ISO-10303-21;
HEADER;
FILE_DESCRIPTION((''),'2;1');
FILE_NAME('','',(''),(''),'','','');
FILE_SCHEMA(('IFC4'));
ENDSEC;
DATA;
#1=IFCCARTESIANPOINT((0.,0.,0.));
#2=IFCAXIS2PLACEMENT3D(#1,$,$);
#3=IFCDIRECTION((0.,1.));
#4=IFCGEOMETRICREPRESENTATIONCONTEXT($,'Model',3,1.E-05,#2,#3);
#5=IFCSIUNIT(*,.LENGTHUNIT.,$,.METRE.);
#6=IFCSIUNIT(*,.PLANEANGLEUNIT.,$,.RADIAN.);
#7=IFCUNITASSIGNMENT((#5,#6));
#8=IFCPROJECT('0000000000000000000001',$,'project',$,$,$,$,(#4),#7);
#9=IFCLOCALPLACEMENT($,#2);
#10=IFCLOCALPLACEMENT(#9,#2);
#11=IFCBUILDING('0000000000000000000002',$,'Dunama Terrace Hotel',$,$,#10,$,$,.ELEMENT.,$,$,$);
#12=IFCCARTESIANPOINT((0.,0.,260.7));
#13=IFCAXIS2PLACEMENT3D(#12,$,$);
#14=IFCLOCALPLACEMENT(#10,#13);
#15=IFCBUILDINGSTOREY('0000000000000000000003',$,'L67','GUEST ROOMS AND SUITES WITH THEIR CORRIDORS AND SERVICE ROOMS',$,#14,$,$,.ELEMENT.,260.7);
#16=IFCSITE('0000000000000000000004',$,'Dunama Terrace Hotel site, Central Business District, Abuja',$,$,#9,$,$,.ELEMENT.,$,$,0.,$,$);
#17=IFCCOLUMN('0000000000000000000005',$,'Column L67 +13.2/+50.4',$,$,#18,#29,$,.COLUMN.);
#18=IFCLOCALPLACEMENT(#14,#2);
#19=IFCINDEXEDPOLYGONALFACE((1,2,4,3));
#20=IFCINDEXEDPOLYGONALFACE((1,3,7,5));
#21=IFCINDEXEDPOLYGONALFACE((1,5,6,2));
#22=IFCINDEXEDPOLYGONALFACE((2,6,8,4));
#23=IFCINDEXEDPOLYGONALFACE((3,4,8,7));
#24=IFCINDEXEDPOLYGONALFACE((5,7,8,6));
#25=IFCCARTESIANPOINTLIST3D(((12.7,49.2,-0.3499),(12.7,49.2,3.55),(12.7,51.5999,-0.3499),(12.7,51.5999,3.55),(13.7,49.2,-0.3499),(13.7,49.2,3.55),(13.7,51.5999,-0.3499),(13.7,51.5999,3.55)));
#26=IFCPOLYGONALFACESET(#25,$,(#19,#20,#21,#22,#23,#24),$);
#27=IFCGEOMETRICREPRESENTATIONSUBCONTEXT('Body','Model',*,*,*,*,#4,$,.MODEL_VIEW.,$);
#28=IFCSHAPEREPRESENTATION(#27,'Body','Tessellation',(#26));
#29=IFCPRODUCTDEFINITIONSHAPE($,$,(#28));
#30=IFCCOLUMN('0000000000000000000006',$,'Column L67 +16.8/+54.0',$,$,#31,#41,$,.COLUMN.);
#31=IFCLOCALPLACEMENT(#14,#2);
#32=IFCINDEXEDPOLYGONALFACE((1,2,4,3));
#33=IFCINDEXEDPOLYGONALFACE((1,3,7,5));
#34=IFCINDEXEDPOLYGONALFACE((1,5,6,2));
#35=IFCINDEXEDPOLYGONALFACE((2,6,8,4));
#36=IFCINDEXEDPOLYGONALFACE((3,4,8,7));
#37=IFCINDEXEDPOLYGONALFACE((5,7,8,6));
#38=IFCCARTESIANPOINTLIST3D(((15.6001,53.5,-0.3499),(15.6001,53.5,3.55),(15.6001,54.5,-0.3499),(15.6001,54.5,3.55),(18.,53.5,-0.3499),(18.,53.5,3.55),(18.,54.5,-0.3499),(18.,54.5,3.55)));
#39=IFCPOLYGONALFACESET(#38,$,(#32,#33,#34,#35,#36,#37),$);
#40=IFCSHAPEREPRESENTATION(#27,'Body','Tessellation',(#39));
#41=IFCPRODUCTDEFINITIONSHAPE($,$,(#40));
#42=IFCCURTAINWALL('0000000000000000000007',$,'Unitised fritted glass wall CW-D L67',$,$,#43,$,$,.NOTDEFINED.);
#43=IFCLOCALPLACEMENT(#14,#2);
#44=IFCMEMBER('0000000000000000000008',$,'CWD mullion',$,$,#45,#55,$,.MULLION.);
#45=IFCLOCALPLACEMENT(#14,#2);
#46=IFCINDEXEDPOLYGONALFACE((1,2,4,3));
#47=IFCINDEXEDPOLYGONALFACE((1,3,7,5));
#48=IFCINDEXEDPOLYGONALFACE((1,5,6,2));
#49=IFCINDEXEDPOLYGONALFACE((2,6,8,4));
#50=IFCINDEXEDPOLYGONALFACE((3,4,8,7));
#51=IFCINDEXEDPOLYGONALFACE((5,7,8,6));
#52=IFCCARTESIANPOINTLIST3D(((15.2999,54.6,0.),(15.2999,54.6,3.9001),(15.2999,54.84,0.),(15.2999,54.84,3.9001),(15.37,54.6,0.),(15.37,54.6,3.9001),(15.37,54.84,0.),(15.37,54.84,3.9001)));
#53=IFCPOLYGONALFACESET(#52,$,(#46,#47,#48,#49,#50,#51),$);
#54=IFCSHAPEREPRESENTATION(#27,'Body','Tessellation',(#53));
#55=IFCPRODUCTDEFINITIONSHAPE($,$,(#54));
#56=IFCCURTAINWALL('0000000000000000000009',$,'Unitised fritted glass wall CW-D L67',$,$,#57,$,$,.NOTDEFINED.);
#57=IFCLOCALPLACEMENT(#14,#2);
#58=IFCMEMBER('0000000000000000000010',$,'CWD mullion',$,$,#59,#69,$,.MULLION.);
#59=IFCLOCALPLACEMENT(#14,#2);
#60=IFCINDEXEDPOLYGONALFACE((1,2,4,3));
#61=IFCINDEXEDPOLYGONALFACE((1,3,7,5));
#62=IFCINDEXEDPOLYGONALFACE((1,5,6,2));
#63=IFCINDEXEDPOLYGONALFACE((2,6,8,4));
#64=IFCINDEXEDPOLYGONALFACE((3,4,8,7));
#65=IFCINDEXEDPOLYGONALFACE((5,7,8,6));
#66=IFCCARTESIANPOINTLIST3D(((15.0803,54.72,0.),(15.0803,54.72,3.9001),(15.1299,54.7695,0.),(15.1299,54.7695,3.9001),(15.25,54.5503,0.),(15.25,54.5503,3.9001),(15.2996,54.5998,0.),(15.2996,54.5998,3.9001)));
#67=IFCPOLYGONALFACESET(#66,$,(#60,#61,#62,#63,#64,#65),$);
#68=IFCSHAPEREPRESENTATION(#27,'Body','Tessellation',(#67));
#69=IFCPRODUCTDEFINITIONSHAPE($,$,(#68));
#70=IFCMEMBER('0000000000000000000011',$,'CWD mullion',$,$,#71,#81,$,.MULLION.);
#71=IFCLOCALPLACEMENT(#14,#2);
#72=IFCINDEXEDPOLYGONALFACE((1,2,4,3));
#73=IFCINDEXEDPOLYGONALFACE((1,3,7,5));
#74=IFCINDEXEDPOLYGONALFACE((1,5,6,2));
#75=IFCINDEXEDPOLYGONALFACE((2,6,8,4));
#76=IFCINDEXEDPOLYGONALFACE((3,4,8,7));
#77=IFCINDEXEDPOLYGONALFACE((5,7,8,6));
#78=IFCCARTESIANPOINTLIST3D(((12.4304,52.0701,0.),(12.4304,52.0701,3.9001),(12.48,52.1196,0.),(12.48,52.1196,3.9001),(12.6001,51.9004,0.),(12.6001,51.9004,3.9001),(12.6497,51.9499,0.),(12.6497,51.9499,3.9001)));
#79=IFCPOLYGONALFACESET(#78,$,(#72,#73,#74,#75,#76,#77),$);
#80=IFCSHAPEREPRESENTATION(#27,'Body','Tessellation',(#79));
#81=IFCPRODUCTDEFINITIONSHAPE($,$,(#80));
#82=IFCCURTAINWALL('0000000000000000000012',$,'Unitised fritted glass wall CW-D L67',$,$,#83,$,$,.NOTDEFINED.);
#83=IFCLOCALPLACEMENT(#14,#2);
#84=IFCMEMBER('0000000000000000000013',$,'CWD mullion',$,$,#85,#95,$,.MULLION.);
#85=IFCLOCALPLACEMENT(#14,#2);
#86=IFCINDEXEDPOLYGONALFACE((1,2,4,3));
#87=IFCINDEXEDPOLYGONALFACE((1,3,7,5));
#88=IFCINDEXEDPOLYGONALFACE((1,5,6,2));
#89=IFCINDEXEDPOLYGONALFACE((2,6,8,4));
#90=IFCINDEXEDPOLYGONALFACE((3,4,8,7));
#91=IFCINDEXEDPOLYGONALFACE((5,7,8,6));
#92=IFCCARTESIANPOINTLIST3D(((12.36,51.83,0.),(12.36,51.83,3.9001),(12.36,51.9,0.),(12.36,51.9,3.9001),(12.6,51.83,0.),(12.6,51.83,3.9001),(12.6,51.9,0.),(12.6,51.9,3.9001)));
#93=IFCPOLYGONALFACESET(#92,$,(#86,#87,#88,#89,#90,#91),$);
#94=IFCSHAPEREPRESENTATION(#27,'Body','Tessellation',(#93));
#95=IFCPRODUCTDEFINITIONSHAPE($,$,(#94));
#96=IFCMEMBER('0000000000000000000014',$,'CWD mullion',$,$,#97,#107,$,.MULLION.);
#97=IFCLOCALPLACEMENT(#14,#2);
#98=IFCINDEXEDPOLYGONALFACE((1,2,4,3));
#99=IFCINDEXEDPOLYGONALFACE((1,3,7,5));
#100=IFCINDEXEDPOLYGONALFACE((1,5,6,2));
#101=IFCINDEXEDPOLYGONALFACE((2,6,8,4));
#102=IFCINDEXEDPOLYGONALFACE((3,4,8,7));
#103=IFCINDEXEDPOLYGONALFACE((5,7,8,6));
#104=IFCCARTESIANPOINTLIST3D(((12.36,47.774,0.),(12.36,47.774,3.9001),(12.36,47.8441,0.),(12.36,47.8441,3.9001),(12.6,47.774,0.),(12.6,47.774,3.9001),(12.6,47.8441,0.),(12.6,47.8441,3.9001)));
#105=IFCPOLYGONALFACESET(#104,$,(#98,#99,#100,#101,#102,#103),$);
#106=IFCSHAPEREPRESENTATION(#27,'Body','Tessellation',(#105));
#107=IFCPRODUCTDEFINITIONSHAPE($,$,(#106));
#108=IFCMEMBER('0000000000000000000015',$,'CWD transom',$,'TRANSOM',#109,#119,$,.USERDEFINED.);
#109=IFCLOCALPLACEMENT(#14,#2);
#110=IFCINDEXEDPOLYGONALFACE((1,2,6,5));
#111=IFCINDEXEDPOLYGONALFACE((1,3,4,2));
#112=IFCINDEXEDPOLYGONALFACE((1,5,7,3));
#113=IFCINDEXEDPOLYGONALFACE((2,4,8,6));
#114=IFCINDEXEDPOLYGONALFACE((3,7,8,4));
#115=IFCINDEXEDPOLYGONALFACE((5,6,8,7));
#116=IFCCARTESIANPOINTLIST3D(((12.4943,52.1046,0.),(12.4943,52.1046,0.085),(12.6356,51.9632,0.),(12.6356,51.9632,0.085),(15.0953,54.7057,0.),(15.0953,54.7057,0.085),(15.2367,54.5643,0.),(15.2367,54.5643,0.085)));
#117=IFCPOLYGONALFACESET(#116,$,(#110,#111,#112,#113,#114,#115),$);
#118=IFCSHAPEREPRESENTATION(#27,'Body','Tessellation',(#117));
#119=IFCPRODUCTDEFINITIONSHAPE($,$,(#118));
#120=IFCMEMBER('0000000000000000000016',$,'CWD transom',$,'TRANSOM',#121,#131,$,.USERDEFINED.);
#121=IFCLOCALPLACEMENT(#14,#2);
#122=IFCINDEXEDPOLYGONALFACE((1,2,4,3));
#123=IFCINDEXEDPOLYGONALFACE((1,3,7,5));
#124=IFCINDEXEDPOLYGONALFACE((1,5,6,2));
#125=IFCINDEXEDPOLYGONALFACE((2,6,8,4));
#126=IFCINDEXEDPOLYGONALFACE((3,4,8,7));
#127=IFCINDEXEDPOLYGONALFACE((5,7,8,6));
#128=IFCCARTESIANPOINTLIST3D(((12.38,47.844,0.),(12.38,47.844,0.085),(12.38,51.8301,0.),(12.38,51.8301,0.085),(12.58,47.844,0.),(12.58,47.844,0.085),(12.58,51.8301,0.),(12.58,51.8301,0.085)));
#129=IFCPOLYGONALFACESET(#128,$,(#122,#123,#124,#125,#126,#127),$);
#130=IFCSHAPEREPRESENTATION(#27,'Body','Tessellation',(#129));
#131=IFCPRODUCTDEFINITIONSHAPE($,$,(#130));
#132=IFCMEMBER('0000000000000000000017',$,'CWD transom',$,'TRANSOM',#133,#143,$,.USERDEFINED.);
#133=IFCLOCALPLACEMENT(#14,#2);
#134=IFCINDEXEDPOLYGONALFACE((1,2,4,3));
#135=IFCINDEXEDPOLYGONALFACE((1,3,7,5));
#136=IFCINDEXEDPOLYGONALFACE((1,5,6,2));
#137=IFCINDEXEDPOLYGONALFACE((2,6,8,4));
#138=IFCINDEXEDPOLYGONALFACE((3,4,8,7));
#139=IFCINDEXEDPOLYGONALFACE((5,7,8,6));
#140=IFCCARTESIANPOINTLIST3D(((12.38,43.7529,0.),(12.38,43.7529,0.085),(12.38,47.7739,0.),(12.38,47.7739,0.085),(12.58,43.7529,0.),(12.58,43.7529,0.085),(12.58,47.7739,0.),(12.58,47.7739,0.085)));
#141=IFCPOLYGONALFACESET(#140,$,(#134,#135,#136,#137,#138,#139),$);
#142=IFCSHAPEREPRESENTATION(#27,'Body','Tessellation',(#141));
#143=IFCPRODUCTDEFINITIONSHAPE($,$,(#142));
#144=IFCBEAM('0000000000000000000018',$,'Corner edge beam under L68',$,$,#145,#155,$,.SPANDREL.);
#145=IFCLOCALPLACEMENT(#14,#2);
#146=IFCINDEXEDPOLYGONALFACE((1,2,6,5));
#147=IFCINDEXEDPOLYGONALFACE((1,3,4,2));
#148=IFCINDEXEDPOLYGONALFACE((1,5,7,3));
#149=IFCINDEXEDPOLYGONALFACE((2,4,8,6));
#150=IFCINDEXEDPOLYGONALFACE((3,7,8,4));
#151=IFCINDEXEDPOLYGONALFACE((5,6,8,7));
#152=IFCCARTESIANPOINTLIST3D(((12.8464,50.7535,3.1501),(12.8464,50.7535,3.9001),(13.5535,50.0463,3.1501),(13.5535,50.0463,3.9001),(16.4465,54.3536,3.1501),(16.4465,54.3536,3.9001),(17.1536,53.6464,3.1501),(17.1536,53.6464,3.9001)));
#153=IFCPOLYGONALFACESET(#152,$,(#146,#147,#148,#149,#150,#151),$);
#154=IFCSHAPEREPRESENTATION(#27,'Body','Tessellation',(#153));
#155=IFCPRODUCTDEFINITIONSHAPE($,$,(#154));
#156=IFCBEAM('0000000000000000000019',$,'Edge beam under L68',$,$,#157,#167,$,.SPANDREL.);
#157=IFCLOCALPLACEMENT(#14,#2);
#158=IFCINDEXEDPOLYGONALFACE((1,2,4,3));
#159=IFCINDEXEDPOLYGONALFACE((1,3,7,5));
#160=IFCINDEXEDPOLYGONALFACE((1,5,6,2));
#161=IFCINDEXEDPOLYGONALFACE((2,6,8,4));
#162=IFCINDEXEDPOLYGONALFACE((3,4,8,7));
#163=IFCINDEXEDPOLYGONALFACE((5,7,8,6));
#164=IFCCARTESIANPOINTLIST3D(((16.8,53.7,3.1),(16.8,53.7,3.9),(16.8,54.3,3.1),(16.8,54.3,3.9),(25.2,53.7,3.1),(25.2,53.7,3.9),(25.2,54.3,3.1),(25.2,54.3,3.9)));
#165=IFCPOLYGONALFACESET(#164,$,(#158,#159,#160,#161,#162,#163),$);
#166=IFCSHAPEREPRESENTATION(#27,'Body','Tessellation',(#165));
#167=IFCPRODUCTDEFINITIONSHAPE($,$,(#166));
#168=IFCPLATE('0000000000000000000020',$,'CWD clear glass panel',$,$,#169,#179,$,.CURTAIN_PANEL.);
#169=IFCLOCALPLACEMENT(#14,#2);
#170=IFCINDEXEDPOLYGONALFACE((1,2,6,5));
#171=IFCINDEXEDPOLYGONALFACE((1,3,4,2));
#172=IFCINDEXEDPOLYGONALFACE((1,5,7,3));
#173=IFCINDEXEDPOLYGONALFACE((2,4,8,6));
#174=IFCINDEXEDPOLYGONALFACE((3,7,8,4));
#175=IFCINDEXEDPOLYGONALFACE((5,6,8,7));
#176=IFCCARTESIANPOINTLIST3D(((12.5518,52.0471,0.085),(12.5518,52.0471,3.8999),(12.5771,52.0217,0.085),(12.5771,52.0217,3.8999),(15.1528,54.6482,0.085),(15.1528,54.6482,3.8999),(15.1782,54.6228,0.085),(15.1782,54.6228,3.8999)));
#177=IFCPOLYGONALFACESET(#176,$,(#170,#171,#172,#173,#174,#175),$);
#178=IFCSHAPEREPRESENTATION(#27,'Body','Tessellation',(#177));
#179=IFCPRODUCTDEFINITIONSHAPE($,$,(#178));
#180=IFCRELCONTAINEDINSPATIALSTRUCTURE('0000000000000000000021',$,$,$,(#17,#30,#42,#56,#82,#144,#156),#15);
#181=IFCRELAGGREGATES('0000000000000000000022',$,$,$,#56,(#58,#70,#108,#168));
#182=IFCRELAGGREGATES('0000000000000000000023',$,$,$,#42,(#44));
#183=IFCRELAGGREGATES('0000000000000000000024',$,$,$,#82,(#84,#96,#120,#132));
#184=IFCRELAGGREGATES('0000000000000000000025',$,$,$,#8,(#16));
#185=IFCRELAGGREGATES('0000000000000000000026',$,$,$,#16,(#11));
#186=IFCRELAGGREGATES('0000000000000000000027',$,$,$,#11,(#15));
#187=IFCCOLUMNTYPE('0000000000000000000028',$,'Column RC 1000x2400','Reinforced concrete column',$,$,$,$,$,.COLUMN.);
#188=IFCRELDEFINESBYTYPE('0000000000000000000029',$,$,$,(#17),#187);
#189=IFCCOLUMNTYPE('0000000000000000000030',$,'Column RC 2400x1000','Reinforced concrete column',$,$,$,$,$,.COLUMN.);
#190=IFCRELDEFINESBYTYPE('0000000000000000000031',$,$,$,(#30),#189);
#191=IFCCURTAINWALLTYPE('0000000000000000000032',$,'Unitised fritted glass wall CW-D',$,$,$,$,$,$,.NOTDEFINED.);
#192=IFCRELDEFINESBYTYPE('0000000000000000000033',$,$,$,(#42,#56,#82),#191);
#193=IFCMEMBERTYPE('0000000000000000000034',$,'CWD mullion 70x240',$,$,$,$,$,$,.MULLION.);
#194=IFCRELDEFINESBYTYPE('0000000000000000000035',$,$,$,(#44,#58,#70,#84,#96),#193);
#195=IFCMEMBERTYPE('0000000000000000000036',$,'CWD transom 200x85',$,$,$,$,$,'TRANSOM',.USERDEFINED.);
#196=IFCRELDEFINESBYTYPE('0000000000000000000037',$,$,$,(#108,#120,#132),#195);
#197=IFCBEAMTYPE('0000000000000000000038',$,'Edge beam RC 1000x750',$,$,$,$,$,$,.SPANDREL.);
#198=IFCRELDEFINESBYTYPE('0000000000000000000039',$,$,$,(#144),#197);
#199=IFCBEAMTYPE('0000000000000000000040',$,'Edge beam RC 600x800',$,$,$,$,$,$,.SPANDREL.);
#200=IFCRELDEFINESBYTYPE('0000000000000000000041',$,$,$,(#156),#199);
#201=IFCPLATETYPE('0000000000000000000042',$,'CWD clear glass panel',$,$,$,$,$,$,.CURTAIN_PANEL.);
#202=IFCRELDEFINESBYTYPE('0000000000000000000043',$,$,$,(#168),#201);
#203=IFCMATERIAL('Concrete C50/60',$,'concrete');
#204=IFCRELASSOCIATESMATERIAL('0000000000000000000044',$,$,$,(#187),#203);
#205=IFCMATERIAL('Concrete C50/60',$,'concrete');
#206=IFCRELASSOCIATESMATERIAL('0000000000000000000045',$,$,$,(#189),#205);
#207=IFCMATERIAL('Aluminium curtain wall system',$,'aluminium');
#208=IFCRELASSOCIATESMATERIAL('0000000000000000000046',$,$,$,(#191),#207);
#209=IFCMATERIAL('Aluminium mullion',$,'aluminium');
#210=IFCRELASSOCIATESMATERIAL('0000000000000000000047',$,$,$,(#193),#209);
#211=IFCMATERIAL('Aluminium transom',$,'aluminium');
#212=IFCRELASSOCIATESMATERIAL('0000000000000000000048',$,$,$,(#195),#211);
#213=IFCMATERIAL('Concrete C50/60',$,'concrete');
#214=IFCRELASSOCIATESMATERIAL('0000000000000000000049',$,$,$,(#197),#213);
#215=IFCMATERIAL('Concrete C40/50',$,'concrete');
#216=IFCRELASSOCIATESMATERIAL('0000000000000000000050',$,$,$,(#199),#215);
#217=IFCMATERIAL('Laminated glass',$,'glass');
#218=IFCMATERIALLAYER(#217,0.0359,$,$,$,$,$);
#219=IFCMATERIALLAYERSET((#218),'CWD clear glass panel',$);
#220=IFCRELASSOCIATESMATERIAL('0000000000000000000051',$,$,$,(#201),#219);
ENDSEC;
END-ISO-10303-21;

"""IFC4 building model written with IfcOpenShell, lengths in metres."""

from ifc_helpers import new_model, si_unit, direction, frame, origin, origin_2d, place, context, subcontext, project, spatial, rectangle, extrude, material, layer, layer_set, material_profile, profile_set, type_object, element, aggregate, save


model = new_model("IFC4")

# Units and contexts
model_context = context("Model", 3, precision=1e-05, world=origin(), true_north=direction((0.0, 1.0)))
body_context = subcontext(model_context, "Body", "Model", "MODEL_VIEW")
ifc_project = project(units=[si_unit("LENGTHUNIT", "METRE"), si_unit("PLANEANGLEUNIT", "RADIAN")], contexts=[model_context])

# Site, building, storey
site_placement = place(None, origin())
site = spatial("IfcSite", under=ifc_project, at=site_placement, Name="Dunama Terrace Hotel site, Central Business District, Abuja", CompositionType="ELEMENT", RefElevation=0.0)
building_placement = place(site_placement, origin())
building = spatial("IfcBuilding", under=site, at=building_placement, Name="Dunama Terrace Hotel", CompositionType="ELEMENT")
storey_placement = place(building_placement, frame((0.0, 0.0, 260.7)))
storey = spatial("IfcBuildingStorey", under=building, at=storey_placement, Name="L67", Description="GUEST ROOMS AND SUITES WITH THEIR CORRIDORS AND SERVICE ROOMS", CompositionType="ELEMENT", Elevation=260.7)

# Columns
ifc_material_1 = material(Name="Concrete C50/60", Category="concrete")
ifc_material_profile_1 = material_profile(ifc_material_1, rectangle(XDim=1.0, YDim=2.3999, at=origin_2d()), Name="RC 1000x2400")
ifc_profile_set_1 = profile_set([ifc_material_profile_1], Name="Concrete C50/60")
column_type_1 = type_object("IfcColumnType", Name="Column RC 1000x2400", Description="Reinforced concrete column", PredefinedType="COLUMN", material=ifc_profile_set_1)
column_1_placement = place(storey_placement, frame((13.2, 50.3999, -0.3499), z_axis=(0.0, 0.0, 1.0), x_axis=(1.0, 0.0, 0.0)))
element("IfcColumn", 1, at=column_1_placement, inside=storey, type_object=column_type_1, Name="Column L67 +13.2/+50.4", PredefinedType="COLUMN", context=body_context, shape_type="SweptSolid", body=[
    extrude(rectangle(XDim=1.0, YDim=2.3999, at=origin_2d()), origin(), (0.0, 0.0, 1.0), 3.8999),
])
ifc_material_2 = material(Name="Concrete C50/60", Category="concrete")
ifc_material_profile_2 = material_profile(ifc_material_2, rectangle(XDim=2.3999, YDim=1.0, at=origin_2d()), Name="RC 2400x1000")
ifc_profile_set_2 = profile_set([ifc_material_profile_2], Name="Concrete C50/60")
column_type_2 = type_object("IfcColumnType", Name="Column RC 2400x1000", Description="Reinforced concrete column", PredefinedType="COLUMN", material=ifc_profile_set_2)
column_2_placement = place(storey_placement, frame((16.8, 54.0, -0.3499), z_axis=(0.0, 0.0, 1.0), x_axis=(1.0, 0.0, 0.0)))
element("IfcColumn", 2, at=column_2_placement, inside=storey, type_object=column_type_2, Name="Column L67 +16.8/+54.0", PredefinedType="COLUMN", context=body_context, shape_type="SweptSolid", body=[
    extrude(rectangle(XDim=2.3999, YDim=1.0, at=origin_2d()), origin(), (0.0, 0.0, 1.0), 3.8999),
])

# Curtain wall, member
ifc_material_3 = material(Name="Aluminium curtain wall system", Category="aluminium")
curtain_wall_type = type_object("IfcCurtainWallType", Name="Unitised fritted glass wall CW-D", PredefinedType="NOTDEFINED", material=ifc_material_3)
curtain_wall_1_placement = place(storey_placement, origin())
curtain_wall_1 = element("IfcCurtainWall", 3, at=curtain_wall_1_placement, inside=storey, type_object=curtain_wall_type, Name="Unitised fritted glass wall CW-D L67", PredefinedType="NOTDEFINED")
ifc_material_4 = material(Name="Aluminium mullion", Category="aluminium")
ifc_material_profile_3 = material_profile(ifc_material_4, rectangle(XDim=0.0701, YDim=0.24, at=origin_2d()), Name="CWD MULLION 70X240")
ifc_profile_set_3 = profile_set([ifc_material_profile_3], Name="Aluminium mullion")
member_type_1 = type_object("IfcMemberType", Name="CWD mullion 70x240", PredefinedType="MULLION", material=ifc_profile_set_3)
member_1_placement = place(storey_placement, frame((15.335, 54.72, 0.0), z_axis=(0.0, 0.0, 1.0), x_axis=(-1.0, 0.0, 0.0)))
member_1 = element("IfcMember", 4, at=member_1_placement, type_object=member_type_1, Name="CWD mullion", PredefinedType="MULLION", context=body_context, shape_type="SweptSolid", body=[
    extrude(rectangle(XDim=0.0701, YDim=0.24, at=origin_2d()), origin(), (0.0, 0.0, 1.0), 3.9001),
])

# Curtain walls, members
curtain_wall_2_placement = place(storey_placement, origin())
curtain_wall_2 = element("IfcCurtainWall", 5, at=curtain_wall_2_placement, inside=storey, type_object=curtain_wall_type, Name="Unitised fritted glass wall CW-D L67", PredefinedType="NOTDEFINED")
member_2_placement = place(storey_placement, frame((15.1899, 54.6599, 0.0), z_axis=(0.0, 0.0, 1.0), x_axis=(-0.707107, -0.707107, 0.0)))
member_2 = element("IfcMember", 6, at=member_2_placement, type_object=member_type_1, Name="CWD mullion", PredefinedType="MULLION", context=body_context, shape_type="SweptSolid", body=[
    extrude(rectangle(XDim=0.0701, YDim=0.24, at=origin_2d()), origin(), (0.0, 0.0, 1.0), 3.9001),
])
member_3_placement = place(storey_placement, frame((12.54, 52.01, 0.0), z_axis=(0.0, 0.0, 1.0), x_axis=(-0.707107, -0.707107, 0.0)))
member_3 = element("IfcMember", 7, at=member_3_placement, type_object=member_type_1, Name="CWD mullion", PredefinedType="MULLION", context=body_context, shape_type="SweptSolid", body=[
    extrude(rectangle(XDim=0.0701, YDim=0.24, at=origin_2d()), origin(), (0.0, 0.0, 1.0), 3.9001),
])
curtain_wall_3_placement = place(storey_placement, origin())
curtain_wall_3 = element("IfcCurtainWall", 8, at=curtain_wall_3_placement, inside=storey, type_object=curtain_wall_type, Name="Unitised fritted glass wall CW-D L67", PredefinedType="NOTDEFINED")
member_4_placement = place(storey_placement, frame((12.48, 51.865, 0.0), z_axis=(0.0, 0.0, 1.0), x_axis=(0.0, -1.0, 0.0)))
member_4 = element("IfcMember", 9, at=member_4_placement, type_object=member_type_1, Name="CWD mullion", PredefinedType="MULLION", context=body_context, shape_type="SweptSolid", body=[
    extrude(rectangle(XDim=0.0701, YDim=0.24, at=origin_2d()), origin(), (0.0, 0.0, 1.0), 3.9001),
])
member_5_placement = place(storey_placement, frame((12.48, 47.8091, 0.0), z_axis=(0.0, 0.0, 1.0), x_axis=(0.0, -1.0, 0.0)))
member_5 = element("IfcMember", 10, at=member_5_placement, type_object=member_type_1, Name="CWD mullion", PredefinedType="MULLION", context=body_context, shape_type="SweptSolid", body=[
    extrude(rectangle(XDim=0.0701, YDim=0.24, at=origin_2d()), origin(), (0.0, 0.0, 1.0), 3.9001),
])

# Members
ifc_material_5 = material(Name="Aluminium transom", Category="aluminium")
ifc_material_profile_4 = material_profile(ifc_material_5, rectangle(XDim=0.2, YDim=0.085, at=origin_2d()), Name="CWD TRANSOM 200X85")
ifc_profile_set_4 = profile_set([ifc_material_profile_4], Name="Aluminium transom")
member_type_2 = type_object("IfcMemberType", Name="CWD transom 200x85", ElementType="TRANSOM", PredefinedType="USERDEFINED", material=ifc_profile_set_4)
member_6_placement = place(storey_placement, frame((15.166, 54.635, 0.0425), z_axis=(-0.707107, -0.707107, 0.0), x_axis=(0.707107, -0.707107, 0.0)))
member_6 = element("IfcMember", 11, at=member_6_placement, type_object=member_type_2, Name="CWD transom", ObjectType="TRANSOM", PredefinedType="USERDEFINED", context=body_context, shape_type="SweptSolid", body=[
    extrude(rectangle(XDim=0.2, YDim=0.085, at=origin_2d()), origin(), (0.0, 0.0, 1.0), 3.6785),
])
member_7_placement = place(storey_placement, frame((12.48, 51.8301, 0.0425), z_axis=(0.0, -1.0, 0.0), x_axis=(1.0, 0.0, 0.0)))
member_7 = element("IfcMember", 12, at=member_7_placement, type_object=member_type_2, Name="CWD transom", ObjectType="TRANSOM", PredefinedType="USERDEFINED", context=body_context, shape_type="SweptSolid", body=[
    extrude(rectangle(XDim=0.2, YDim=0.085, at=origin_2d()), origin(), (0.0, 0.0, 1.0), 3.9861),
])
member_8_placement = place(storey_placement, frame((12.48, 47.7739, 0.0425), z_axis=(0.0, -1.0, 0.0), x_axis=(1.0, 0.0, 0.0)))
member_8 = element("IfcMember", 13, at=member_8_placement, type_object=member_type_2, Name="CWD transom", ObjectType="TRANSOM", PredefinedType="USERDEFINED", context=body_context, shape_type="SweptSolid", body=[
    extrude(rectangle(XDim=0.2, YDim=0.085, at=origin_2d()), origin(), (0.0, 0.0, 1.0), 4.021),
])

# Beams
ifc_material_6 = material(Name="Concrete C50/60", Category="concrete")
ifc_material_profile_5 = material_profile(ifc_material_6, rectangle(XDim=1.0, YDim=0.75, at=origin_2d()), Name="RC 1000x750")
ifc_profile_set_5 = profile_set([ifc_material_profile_5], Name="Concrete C50/60")
beam_type_1 = type_object("IfcBeamType", Name="Edge beam RC 1000x750", PredefinedType="SPANDREL", material=ifc_profile_set_5)
beam_1_placement = place(storey_placement, frame((16.8, 54.0, 3.5251), z_axis=(-0.707107, -0.707107, 0.0), x_axis=(0.707107, -0.707107, 0.0)))
element("IfcBeam", 14, at=beam_1_placement, inside=storey, type_object=beam_type_1, Name="Corner edge beam under L68", PredefinedType="SPANDREL", context=body_context, shape_type="SweptSolid", body=[
    extrude(rectangle(XDim=1.0, YDim=0.75, at=origin_2d()), origin(), (0.0, 0.0, 1.0), 5.0913),
])
ifc_material_7 = material(Name="Concrete C40/50", Category="concrete")
ifc_material_profile_6 = material_profile(ifc_material_7, rectangle(XDim=0.6001, YDim=0.8, at=origin_2d()), Name="RC 600x800")
ifc_profile_set_6 = profile_set([ifc_material_profile_6], Name="Concrete C40/50")
beam_type_2 = type_object("IfcBeamType", Name="Edge beam RC 600x800", PredefinedType="SPANDREL", material=ifc_profile_set_6)
beam_2_placement = place(storey_placement, frame((16.8, 54.0, 3.5), z_axis=(1.0, 0.0, 0.0), x_axis=(0.0, 1.0, 0.0)))
element("IfcBeam", 15, at=beam_2_placement, inside=storey, type_object=beam_type_2, Name="Edge beam under L68", PredefinedType="SPANDREL", context=body_context, shape_type="SweptSolid", body=[
    extrude(rectangle(XDim=0.6001, YDim=0.8, at=origin_2d()), origin(), (0.0, 0.0, 1.0), 8.3999),
])

# Plate
ifc_material_8 = material(Name="Laminated glass", Category="glass")
ifc_layer_1 = layer(ifc_material_8, 0.0359)
ifc_layer_set_1 = layer_set([ifc_layer_1], Name="CWD clear glass panel")
plate_type_1 = type_object("IfcPlateType", Name="CWD clear glass panel", PredefinedType="CURTAIN_PANEL", material=ifc_layer_set_1)
plate_1_placement = place(storey_placement, frame((13.865, 53.335, 0.085), z_axis=(0.0, 0.0, 1.0), x_axis=(-0.707107, -0.707107, 0.0)))
plate_1 = element("IfcPlate", 16, at=plate_1_placement, type_object=plate_type_1, Name="CWD clear glass panel", PredefinedType="CURTAIN_PANEL", context=body_context, shape_type="SweptSolid", body=[
    extrude(rectangle(XDim=3.6785, YDim=0.0359, at=origin_2d()), origin(), (0.0, 0.0, 1.0), 3.8149),
])
aggregate(curtain_wall_2, [member_2, member_3, member_6, plate_1])
aggregate(curtain_wall_1, [member_1])
aggregate(curtain_wall_3, [member_4, member_5, member_7, member_8])

save(model, "model.ifc")
